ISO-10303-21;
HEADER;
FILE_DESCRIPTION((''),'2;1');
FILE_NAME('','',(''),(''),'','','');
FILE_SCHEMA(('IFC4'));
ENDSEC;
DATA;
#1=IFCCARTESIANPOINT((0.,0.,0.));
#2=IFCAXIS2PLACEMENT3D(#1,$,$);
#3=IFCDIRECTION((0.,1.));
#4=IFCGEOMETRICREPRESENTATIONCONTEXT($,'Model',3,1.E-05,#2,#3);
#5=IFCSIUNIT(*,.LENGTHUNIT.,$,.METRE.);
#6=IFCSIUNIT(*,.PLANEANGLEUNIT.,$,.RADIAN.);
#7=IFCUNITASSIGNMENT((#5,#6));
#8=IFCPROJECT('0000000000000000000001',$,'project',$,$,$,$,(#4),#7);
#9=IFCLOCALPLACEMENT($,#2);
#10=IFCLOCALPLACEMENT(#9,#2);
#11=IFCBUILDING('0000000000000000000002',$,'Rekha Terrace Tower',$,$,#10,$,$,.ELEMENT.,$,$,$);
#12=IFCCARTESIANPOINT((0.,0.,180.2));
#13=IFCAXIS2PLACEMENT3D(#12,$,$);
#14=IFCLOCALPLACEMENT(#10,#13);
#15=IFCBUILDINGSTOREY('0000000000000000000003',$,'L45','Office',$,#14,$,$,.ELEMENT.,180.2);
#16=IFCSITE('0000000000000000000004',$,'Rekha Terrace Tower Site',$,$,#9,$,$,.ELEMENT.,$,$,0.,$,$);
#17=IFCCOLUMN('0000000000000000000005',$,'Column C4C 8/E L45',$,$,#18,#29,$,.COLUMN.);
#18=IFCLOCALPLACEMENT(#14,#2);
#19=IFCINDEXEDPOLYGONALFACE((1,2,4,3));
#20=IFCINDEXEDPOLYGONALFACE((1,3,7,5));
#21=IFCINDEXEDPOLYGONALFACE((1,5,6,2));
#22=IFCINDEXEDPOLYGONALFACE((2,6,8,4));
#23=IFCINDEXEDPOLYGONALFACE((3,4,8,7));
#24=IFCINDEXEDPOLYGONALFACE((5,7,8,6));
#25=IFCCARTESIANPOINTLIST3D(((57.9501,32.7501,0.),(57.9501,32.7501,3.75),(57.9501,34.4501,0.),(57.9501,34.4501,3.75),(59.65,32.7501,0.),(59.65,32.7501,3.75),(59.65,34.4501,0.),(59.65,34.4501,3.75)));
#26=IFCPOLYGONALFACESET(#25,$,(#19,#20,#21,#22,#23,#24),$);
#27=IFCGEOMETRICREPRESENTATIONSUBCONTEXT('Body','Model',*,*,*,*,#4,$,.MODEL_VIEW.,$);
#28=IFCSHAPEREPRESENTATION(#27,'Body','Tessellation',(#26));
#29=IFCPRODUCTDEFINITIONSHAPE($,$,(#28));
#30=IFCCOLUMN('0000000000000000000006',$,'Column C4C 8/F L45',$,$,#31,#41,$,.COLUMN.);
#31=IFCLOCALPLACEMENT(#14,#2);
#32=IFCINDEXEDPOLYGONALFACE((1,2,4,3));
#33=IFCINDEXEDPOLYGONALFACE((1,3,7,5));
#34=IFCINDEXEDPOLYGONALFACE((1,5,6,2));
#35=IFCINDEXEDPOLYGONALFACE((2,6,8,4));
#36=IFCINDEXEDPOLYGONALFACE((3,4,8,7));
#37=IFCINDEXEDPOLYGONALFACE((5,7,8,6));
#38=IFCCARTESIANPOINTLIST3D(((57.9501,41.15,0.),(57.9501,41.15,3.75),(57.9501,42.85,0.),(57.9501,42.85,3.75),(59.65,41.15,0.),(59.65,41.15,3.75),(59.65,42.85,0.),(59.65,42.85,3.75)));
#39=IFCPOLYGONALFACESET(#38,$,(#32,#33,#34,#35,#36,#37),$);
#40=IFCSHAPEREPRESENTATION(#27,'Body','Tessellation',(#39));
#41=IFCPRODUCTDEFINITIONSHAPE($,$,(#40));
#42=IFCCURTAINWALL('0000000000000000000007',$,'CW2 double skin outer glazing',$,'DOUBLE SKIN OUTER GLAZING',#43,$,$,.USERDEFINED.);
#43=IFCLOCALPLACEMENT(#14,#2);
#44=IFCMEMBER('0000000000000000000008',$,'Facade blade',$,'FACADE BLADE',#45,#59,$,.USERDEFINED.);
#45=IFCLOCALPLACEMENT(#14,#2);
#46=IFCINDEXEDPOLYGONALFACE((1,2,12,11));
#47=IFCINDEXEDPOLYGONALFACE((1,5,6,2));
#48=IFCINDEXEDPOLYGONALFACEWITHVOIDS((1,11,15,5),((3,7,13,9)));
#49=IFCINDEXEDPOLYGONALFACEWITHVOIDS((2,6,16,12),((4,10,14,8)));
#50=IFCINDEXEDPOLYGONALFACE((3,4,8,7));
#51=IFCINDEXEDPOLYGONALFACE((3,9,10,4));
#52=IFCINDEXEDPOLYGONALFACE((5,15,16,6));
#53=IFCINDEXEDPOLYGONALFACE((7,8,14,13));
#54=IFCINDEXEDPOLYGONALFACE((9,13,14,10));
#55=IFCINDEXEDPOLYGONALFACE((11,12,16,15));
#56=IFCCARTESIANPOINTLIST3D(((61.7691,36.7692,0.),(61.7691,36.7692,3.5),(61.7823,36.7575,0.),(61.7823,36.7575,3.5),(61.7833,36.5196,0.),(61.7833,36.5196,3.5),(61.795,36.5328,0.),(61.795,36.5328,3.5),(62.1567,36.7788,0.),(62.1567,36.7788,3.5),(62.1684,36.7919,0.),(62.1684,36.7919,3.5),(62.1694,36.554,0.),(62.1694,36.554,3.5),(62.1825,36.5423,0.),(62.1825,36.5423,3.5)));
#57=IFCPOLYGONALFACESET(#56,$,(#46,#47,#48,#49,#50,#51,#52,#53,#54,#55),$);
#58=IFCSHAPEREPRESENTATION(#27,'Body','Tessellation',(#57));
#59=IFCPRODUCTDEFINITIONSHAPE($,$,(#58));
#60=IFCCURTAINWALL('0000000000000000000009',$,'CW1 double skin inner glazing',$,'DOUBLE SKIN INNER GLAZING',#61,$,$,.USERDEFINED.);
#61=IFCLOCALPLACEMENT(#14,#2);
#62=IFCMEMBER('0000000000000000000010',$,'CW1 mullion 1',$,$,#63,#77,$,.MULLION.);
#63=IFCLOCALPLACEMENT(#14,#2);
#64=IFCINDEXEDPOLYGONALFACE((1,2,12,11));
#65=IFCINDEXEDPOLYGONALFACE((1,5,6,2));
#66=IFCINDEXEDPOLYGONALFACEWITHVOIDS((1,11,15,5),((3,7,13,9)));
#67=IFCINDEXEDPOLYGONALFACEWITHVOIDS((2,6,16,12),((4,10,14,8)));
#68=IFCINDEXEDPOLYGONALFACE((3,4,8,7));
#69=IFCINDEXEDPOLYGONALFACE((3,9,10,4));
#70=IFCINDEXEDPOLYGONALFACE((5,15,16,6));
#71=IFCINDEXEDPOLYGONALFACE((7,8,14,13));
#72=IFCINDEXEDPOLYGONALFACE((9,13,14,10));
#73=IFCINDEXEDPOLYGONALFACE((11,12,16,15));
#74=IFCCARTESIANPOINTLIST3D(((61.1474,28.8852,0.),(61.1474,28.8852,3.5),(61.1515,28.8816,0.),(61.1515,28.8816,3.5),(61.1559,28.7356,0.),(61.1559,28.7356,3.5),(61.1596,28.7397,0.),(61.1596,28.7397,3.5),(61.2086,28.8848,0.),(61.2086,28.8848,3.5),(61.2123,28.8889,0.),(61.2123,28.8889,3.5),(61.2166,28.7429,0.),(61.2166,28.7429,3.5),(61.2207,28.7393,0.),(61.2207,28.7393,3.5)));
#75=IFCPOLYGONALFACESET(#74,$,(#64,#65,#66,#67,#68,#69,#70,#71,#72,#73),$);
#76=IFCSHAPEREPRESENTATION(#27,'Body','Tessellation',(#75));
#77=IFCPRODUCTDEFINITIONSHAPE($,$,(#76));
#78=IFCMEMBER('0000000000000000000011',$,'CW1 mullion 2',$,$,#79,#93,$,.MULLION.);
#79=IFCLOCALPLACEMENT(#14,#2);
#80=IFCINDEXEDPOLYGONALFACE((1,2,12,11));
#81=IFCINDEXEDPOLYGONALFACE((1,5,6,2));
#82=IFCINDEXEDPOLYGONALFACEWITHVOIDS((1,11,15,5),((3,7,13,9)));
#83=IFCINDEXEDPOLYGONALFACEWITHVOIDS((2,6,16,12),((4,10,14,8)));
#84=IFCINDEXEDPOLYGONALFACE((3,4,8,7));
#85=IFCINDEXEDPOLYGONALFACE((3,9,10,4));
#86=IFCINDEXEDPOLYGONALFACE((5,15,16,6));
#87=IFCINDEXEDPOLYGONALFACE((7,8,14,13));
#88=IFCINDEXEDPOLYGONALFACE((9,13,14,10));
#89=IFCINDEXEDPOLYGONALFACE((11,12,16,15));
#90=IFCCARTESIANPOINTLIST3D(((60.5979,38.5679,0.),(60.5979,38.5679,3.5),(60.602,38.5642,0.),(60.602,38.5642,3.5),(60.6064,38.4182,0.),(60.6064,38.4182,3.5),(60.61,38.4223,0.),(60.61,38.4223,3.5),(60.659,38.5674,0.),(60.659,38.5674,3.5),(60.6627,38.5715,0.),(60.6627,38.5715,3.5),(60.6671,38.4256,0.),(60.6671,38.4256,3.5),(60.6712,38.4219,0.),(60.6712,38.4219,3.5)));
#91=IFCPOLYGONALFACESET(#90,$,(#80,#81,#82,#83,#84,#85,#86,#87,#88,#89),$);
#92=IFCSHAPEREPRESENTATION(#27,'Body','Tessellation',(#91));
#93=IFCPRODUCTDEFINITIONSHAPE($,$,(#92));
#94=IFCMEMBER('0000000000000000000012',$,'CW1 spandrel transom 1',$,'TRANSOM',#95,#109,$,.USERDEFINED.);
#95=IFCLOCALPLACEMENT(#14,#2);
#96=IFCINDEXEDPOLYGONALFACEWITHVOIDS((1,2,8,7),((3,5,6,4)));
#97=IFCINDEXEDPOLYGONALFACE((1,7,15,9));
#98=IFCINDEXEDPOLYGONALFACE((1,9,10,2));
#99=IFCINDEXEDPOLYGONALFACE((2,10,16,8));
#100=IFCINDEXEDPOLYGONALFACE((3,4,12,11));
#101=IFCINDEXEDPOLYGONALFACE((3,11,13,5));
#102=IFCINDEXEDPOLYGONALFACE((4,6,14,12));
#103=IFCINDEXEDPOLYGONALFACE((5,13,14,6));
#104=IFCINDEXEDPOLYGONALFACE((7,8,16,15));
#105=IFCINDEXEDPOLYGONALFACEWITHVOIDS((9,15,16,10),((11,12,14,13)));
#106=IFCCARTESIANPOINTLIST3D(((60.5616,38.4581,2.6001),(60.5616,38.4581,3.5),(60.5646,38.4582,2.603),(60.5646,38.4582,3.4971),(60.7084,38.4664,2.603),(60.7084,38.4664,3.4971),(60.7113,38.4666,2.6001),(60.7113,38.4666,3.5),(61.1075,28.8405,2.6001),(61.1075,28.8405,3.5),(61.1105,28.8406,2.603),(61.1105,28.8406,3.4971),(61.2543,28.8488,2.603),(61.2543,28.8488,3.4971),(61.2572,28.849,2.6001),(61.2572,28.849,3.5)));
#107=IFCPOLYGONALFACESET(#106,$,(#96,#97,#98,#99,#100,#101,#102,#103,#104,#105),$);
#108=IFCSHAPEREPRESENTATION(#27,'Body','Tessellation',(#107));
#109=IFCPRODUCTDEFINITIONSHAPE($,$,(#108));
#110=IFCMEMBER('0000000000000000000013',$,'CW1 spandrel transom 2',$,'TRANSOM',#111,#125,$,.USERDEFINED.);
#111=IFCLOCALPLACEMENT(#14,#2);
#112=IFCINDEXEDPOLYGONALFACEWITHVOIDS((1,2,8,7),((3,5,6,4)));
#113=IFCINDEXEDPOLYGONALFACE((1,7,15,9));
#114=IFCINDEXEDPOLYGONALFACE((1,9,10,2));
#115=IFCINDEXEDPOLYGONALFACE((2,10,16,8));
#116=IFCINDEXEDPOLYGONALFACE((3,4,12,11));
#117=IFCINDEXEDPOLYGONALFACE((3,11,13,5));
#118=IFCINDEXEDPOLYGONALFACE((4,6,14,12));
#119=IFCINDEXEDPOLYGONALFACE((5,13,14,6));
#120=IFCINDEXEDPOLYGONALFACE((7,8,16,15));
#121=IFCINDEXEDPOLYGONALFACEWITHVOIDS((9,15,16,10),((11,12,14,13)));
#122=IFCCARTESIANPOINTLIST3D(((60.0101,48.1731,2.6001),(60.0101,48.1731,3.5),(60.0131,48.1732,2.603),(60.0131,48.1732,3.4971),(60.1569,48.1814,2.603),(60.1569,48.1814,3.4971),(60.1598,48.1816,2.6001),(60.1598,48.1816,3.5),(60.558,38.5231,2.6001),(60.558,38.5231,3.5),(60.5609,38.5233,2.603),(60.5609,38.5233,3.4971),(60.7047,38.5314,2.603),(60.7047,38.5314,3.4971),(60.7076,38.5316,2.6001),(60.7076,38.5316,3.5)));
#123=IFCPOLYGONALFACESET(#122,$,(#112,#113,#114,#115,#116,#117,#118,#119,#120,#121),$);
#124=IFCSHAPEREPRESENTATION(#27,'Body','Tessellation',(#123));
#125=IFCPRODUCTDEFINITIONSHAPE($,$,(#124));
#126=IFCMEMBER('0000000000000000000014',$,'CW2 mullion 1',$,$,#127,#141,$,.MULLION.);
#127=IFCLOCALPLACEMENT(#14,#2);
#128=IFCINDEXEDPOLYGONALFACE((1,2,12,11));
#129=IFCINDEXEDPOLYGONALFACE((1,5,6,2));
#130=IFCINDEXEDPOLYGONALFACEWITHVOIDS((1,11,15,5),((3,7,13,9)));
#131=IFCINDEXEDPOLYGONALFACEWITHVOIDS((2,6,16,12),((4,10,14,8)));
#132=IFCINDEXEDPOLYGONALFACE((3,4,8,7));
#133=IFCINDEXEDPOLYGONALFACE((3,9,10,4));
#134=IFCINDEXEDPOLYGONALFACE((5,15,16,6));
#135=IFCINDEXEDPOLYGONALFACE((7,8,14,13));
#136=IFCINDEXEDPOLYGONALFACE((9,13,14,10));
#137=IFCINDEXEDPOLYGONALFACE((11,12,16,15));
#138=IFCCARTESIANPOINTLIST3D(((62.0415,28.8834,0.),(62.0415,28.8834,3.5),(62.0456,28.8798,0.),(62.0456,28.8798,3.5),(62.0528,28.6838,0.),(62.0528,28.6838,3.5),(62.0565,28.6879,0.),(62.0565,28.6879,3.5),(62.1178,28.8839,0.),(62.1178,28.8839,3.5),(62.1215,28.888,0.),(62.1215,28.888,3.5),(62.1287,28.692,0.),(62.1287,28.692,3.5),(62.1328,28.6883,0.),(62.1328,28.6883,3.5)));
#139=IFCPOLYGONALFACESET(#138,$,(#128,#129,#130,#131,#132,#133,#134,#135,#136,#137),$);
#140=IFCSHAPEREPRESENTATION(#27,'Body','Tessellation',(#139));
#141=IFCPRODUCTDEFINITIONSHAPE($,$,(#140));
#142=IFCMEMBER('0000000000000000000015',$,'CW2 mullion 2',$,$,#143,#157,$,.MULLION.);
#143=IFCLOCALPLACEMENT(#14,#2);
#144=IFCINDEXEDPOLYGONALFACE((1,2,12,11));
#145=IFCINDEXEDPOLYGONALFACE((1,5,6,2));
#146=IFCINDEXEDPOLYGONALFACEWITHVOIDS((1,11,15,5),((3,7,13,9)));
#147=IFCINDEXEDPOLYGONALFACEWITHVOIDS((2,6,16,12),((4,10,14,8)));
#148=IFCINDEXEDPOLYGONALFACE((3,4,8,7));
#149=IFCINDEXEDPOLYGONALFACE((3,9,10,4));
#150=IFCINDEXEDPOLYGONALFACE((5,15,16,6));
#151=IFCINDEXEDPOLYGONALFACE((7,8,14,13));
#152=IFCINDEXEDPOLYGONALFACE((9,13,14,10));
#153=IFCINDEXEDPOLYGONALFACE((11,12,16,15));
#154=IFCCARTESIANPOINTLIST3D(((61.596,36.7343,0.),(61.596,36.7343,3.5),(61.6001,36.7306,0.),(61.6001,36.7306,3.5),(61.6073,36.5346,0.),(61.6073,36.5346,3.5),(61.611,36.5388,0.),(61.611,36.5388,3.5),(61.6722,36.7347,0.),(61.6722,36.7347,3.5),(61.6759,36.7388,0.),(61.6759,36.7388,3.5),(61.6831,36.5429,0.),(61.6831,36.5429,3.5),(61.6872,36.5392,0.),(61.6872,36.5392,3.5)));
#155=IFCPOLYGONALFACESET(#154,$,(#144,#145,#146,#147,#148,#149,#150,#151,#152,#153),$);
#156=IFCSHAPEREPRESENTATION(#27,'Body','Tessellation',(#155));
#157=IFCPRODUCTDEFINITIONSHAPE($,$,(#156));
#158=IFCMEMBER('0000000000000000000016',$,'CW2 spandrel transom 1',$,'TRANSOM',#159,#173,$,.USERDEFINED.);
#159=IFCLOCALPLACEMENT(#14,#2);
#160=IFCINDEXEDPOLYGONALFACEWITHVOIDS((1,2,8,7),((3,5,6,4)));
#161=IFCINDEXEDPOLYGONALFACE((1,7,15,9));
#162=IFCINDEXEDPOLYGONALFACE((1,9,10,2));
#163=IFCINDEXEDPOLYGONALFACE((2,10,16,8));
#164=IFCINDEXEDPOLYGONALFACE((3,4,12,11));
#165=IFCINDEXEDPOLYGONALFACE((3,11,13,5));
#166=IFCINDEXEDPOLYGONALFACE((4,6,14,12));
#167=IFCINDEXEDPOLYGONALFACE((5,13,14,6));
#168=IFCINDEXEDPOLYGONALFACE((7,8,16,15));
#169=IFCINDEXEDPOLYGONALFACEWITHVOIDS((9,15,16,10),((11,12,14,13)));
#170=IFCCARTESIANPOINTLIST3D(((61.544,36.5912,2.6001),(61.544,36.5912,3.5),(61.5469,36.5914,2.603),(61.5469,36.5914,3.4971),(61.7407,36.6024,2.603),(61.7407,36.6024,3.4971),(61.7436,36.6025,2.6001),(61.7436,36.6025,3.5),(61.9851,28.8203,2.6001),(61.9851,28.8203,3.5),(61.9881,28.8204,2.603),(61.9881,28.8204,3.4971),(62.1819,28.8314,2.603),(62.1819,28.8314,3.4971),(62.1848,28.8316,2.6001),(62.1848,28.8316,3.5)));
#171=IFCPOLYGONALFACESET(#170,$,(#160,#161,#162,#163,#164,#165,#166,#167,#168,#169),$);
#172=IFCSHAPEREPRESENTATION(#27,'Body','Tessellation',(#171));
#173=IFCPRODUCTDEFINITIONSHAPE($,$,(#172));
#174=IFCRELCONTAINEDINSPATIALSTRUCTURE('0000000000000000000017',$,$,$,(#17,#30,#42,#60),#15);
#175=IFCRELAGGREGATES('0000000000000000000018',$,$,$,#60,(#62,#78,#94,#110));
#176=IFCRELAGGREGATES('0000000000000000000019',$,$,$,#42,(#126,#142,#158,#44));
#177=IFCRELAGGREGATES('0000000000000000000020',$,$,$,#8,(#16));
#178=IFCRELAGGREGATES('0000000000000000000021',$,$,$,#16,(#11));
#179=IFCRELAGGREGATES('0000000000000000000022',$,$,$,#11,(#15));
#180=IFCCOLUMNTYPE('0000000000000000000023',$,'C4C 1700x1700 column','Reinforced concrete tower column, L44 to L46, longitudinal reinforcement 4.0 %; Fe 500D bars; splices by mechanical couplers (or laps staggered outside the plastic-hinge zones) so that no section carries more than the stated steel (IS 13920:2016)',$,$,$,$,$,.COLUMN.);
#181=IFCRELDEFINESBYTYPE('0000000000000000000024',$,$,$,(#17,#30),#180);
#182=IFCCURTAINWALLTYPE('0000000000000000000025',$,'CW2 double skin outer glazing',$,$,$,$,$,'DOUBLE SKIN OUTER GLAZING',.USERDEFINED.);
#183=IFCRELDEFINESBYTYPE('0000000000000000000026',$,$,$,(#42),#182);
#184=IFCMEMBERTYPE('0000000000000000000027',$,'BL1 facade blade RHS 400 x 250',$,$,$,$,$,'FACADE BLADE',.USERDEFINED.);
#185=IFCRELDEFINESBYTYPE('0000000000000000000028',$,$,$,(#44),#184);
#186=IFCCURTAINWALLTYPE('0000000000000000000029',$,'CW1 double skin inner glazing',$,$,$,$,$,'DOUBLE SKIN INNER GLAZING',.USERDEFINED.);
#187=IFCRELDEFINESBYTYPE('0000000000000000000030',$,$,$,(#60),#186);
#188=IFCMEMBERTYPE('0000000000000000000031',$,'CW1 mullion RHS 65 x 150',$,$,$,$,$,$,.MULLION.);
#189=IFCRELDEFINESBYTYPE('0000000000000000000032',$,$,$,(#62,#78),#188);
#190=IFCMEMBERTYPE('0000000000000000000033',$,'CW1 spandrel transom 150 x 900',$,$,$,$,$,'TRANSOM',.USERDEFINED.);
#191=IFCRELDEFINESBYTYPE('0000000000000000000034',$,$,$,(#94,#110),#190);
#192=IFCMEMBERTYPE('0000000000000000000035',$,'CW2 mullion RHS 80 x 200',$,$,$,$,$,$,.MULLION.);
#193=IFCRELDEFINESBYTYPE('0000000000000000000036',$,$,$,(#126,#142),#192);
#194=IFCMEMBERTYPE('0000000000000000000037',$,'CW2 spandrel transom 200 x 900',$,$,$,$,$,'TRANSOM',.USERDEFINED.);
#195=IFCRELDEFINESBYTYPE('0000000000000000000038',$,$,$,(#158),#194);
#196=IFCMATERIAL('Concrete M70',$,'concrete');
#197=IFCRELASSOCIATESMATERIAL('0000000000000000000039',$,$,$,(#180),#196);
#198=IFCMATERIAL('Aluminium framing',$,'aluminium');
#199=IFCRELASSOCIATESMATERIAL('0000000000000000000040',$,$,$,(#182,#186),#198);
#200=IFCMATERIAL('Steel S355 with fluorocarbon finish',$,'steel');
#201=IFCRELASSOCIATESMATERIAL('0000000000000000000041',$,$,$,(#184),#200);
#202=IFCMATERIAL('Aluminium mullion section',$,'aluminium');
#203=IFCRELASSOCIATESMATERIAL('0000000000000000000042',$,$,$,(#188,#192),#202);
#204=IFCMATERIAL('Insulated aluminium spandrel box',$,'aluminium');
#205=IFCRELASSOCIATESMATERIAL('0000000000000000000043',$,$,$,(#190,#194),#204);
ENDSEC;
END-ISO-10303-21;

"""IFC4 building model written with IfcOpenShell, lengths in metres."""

from ifc_helpers import new_model, si_unit, direction, frame, origin, origin_2d, place, context, subcontext, project, spatial, rectangle, hollow_rectangle, extrude, material, material_profile, profile_set, type_object, element, aggregate, save


model = new_model("IFC4")

# Units and contexts
model_context = context("Model", 3, precision=1e-05, world=origin(), true_north=direction((0.0, 1.0)))
body_context = subcontext(model_context, "Body", "Model", "MODEL_VIEW")
ifc_project = project(units=[si_unit("LENGTHUNIT", "METRE"), si_unit("PLANEANGLEUNIT", "RADIAN")], contexts=[model_context])

# Site, building, storey
site_placement = place(None, origin())
site = spatial("IfcSite", under=ifc_project, at=site_placement, Name="Rekha Terrace Tower Site", CompositionType="ELEMENT", RefElevation=0.0)
building_placement = place(site_placement, origin())
building = spatial("IfcBuilding", under=site, at=building_placement, Name="Rekha Terrace Tower", CompositionType="ELEMENT")
storey_placement = place(building_placement, frame((0.0, 0.0, 180.2)))
storey = spatial("IfcBuildingStorey", under=building, at=storey_placement, Name="L45", Description="Office", CompositionType="ELEMENT", Elevation=180.2)

# Columns
ifc_material_1 = material(Name="Concrete M70", Category="concrete")
ifc_material_profile_1 = material_profile(ifc_material_1, rectangle(XDim=1.7, YDim=1.7, at=origin_2d()), Name="RC 1700x1700")
ifc_profile_set_1 = profile_set([ifc_material_profile_1], Name="Concrete M70")
column_type = type_object("IfcColumnType", Name="C4C 1700x1700 column", Description="Reinforced concrete tower column, L44 to L46, longitudinal reinforcement 4.0 %; Fe 500D bars; splices by mechanical couplers (or laps staggered outside the plastic-hinge zones) so that no section carries more than the stated steel (IS 13920:2016)", PredefinedType="COLUMN", material=ifc_profile_set_1)
for number, where, z_axis, x_axis, name in (
    (1, (58.8, 33.6001, 0.0), (0.0, 0.0, 1.0), (1.0, 0.0, 0.0), "Column C4C 8/E L45"),
    (2, (58.8, 42.0, 0.0), (0.0, 0.0, 1.0), (1.0, 0.0, 0.0), "Column C4C 8/F L45"),
):
    element("IfcColumn", number, at=place(storey_placement, frame(where, z_axis=z_axis, x_axis=x_axis)), inside=storey, type_object=column_type, Name=name, PredefinedType="COLUMN", context=body_context, shape_type="SweptSolid", body=[
        extrude(rectangle(XDim=1.7, YDim=1.7, at=origin_2d()), origin(), (0.0, 0.0, 1.0), 3.75),
    ])

# Curtain wall, member
ifc_material_2 = material(Name="Aluminium framing", Category="aluminium")
curtain_wall_type_1 = type_object("IfcCurtainWallType", Name="CW2 double skin outer glazing", ElementType="DOUBLE SKIN OUTER GLAZING", PredefinedType="USERDEFINED", material=ifc_material_2)
curtain_wall_1_placement = place(storey_placement, origin())
curtain_wall_1 = element("IfcCurtainWall", 3, at=curtain_wall_1_placement, inside=storey, type_object=curtain_wall_type_1, Name="CW2 double skin outer glazing", ObjectType="DOUBLE SKIN OUTER GLAZING", PredefinedType="USERDEFINED")
ifc_material_3 = material(Name="Steel S355 with fluorocarbon finish", Category="steel")
ifc_material_profile_2 = material_profile(ifc_material_3, hollow_rectangle(XDim=0.25, YDim=0.3999, WallThickness=0.0125, at=origin_2d()), Name="RHS400x250x12.5")
ifc_profile_set_2 = profile_set([ifc_material_profile_2], Name="Steel S355 with fluorocarbon finish")
member_type_1 = type_object("IfcMemberType", Name="BL1 facade blade RHS 400 x 250", ElementType="FACADE BLADE", PredefinedType="USERDEFINED", material=ifc_profile_set_2)
member_1_placement = place(storey_placement, frame((61.9758, 36.6558, 0.0), z_axis=(0.0, 0.0, 1.0), x_axis=(-0.056674, 0.998393, 0.0)))
member_1 = element("IfcMember", 4, at=member_1_placement, type_object=member_type_1, Name="Facade blade", ObjectType="FACADE BLADE", PredefinedType="USERDEFINED", context=body_context, shape_type="SweptSolid", body=[
    extrude(hollow_rectangle(XDim=0.25, YDim=0.3999, WallThickness=0.0125, at=origin_2d()), origin(), (0.0, 0.0, 1.0), 3.5),
])

# Curtain wall, members
curtain_wall_type_2 = type_object("IfcCurtainWallType", Name="CW1 double skin inner glazing", ElementType="DOUBLE SKIN INNER GLAZING", PredefinedType="USERDEFINED", material=ifc_material_2)
curtain_wall_2_placement = place(storey_placement, origin())
curtain_wall_2 = element("IfcCurtainWall", 5, at=curtain_wall_2_placement, inside=storey, type_object=curtain_wall_type_2, Name="CW1 double skin inner glazing", ObjectType="DOUBLE SKIN INNER GLAZING", PredefinedType="USERDEFINED")
ifc_material_4 = material(Name="Aluminium mullion section", Category="aluminium")
ifc_material_profile_3 = material_profile(ifc_material_4, hollow_rectangle(XDim=0.0649, YDim=0.1499, WallThickness=0.0039, at=origin_2d()), Name="AL RHS 65x150")
ifc_profile_set_3 = profile_set([ifc_material_profile_3], Name="Aluminium mullion section")
member_type_2 = type_object("IfcMemberType", Name="CW1 mullion RHS 65 x 150", PredefinedType="MULLION", material=ifc_profile_set_3)
member_2_placement = place(storey_placement, frame((61.1841, 28.8123, 0.0), z_axis=(0.0, 0.0, 1.0), x_axis=(-0.998393, -0.056673, 0.0)))
member_2 = element("IfcMember", 6, at=member_2_placement, type_object=member_type_2, Name="CW1 mullion 1", PredefinedType="MULLION", context=body_context, shape_type="SweptSolid", body=[
    extrude(hollow_rectangle(XDim=0.0649, YDim=0.1499, WallThickness=0.0039, at=origin_2d()), origin(), (0.0, 0.0, 1.0), 3.5),
])
member_3_placement = place(storey_placement, frame((60.6345, 38.4949, 0.0), z_axis=(0.0, 0.0, 1.0), x_axis=(-0.998393, -0.056673, 0.0)))
member_3 = element("IfcMember", 7, at=member_3_placement, type_object=member_type_2, Name="CW1 mullion 2", PredefinedType="MULLION", context=body_context, shape_type="SweptSolid", body=[
    extrude(hollow_rectangle(XDim=0.0649, YDim=0.1499, WallThickness=0.0039, at=origin_2d()), origin(), (0.0, 0.0, 1.0), 3.5),
])
ifc_material_5 = material(Name="Insulated aluminium spandrel box", Category="aluminium")
ifc_material_profile_4 = material_profile(ifc_material_5, hollow_rectangle(XDim=0.1499, YDim=0.8999, WallThickness=0.0029, at=origin_2d()), Name="AL SPANDREL BOX 150x900")
ifc_profile_set_4 = profile_set([ifc_material_profile_4], Name="Insulated aluminium spandrel box")
member_type_3 = type_object("IfcMemberType", Name="CW1 spandrel transom 150 x 900", ElementType="TRANSOM", PredefinedType="USERDEFINED", material=ifc_profile_set_4)
member_4_placement = place(storey_placement, frame((61.1824, 28.8447, 3.05), z_axis=(-0.056669, 0.998393, 0.0), x_axis=(-0.998393, -0.056669, 0.0)))
member_4 = element("IfcMember", 8, at=member_4_placement, type_object=member_type_3, Name="CW1 spandrel transom 1", ObjectType="TRANSOM", PredefinedType="USERDEFINED", context=body_context, shape_type="SweptSolid", body=[
    extrude(hollow_rectangle(XDim=0.1499, YDim=0.8999, WallThickness=0.0029, at=origin_2d()), origin(), (0.0, 0.0, 1.0), 9.6331),
])
member_5_placement = place(storey_placement, frame((60.6328, 38.5273, 3.05), z_axis=(-0.056681, 0.998392, 0.0), x_axis=(-0.998392, -0.056681, 0.0)))
member_5 = element("IfcMember", 9, at=member_5_placement, type_object=member_type_3, Name="CW1 spandrel transom 2", ObjectType="TRANSOM", PredefinedType="USERDEFINED", context=body_context, shape_type="SweptSolid", body=[
    extrude(hollow_rectangle(XDim=0.1499, YDim=0.8999, WallThickness=0.0029, at=origin_2d()), origin(), (0.0, 0.0, 1.0), 9.6655),
])

# Members
ifc_material_profile_5 = material_profile(ifc_material_4, hollow_rectangle(XDim=0.0801, YDim=0.2, WallThickness=0.0039, at=origin_2d()), Name="AL RHS 80x200")
ifc_profile_set_5 = profile_set([ifc_material_profile_5], Name="Aluminium mullion section")
member_type_4 = type_object("IfcMemberType", Name="CW2 mullion RHS 80 x 200", PredefinedType="MULLION", material=ifc_profile_set_5)
member_6_placement = place(storey_placement, frame((62.0872, 28.7859, 0.0), z_axis=(0.0, 0.0, 1.0), x_axis=(-0.998393, -0.056673, 0.0)))
member_6 = element("IfcMember", 10, at=member_6_placement, type_object=member_type_4, Name="CW2 mullion 1", PredefinedType="MULLION", context=body_context, shape_type="SweptSolid", body=[
    extrude(hollow_rectangle(XDim=0.0801, YDim=0.2, WallThickness=0.0039, at=origin_2d()), origin(), (0.0, 0.0, 1.0), 3.5),
])
member_7_placement = place(storey_placement, frame((61.6416, 36.6367, 0.0), z_axis=(0.0, 0.0, 1.0), x_axis=(-0.998393, -0.056673, 0.0)))
member_7 = element("IfcMember", 11, at=member_7_placement, type_object=member_type_4, Name="CW2 mullion 2", PredefinedType="MULLION", context=body_context, shape_type="SweptSolid", body=[
    extrude(hollow_rectangle(XDim=0.0801, YDim=0.2, WallThickness=0.0039, at=origin_2d()), origin(), (0.0, 0.0, 1.0), 3.5),
])
ifc_material_profile_6 = material_profile(ifc_material_5, hollow_rectangle(XDim=0.2, YDim=0.8999, WallThickness=0.0029, at=origin_2d()), Name="AL SPANDREL BOX 200x900")
ifc_profile_set_6 = profile_set([ifc_material_profile_6], Name="Insulated aluminium spandrel box")
member_type_5 = type_object("IfcMemberType", Name="CW2 spandrel transom 200 x 900", ElementType="TRANSOM", PredefinedType="USERDEFINED", material=ifc_profile_set_6)
member_8_placement = place(storey_placement, frame((62.085, 28.8259, 3.05), z_axis=(-0.056679, 0.998392, 0.0), x_axis=(-0.998392, -0.056679, 0.0)))
member_8 = element("IfcMember", 12, at=member_8_placement, type_object=member_type_5, Name="CW2 spandrel transom 1", ObjectType="TRANSOM", PredefinedType="USERDEFINED", context=body_context, shape_type="SweptSolid", body=[
    extrude(hollow_rectangle(XDim=0.2, YDim=0.8999, WallThickness=0.0029, at=origin_2d()), origin(), (0.0, 0.0, 1.0), 7.7834),
])

aggregate(curtain_wall_2, [member_2, member_3, member_4, member_5])
aggregate(curtain_wall_1, [member_6, member_7, member_8, member_1])

save(model, "model.ifc")
